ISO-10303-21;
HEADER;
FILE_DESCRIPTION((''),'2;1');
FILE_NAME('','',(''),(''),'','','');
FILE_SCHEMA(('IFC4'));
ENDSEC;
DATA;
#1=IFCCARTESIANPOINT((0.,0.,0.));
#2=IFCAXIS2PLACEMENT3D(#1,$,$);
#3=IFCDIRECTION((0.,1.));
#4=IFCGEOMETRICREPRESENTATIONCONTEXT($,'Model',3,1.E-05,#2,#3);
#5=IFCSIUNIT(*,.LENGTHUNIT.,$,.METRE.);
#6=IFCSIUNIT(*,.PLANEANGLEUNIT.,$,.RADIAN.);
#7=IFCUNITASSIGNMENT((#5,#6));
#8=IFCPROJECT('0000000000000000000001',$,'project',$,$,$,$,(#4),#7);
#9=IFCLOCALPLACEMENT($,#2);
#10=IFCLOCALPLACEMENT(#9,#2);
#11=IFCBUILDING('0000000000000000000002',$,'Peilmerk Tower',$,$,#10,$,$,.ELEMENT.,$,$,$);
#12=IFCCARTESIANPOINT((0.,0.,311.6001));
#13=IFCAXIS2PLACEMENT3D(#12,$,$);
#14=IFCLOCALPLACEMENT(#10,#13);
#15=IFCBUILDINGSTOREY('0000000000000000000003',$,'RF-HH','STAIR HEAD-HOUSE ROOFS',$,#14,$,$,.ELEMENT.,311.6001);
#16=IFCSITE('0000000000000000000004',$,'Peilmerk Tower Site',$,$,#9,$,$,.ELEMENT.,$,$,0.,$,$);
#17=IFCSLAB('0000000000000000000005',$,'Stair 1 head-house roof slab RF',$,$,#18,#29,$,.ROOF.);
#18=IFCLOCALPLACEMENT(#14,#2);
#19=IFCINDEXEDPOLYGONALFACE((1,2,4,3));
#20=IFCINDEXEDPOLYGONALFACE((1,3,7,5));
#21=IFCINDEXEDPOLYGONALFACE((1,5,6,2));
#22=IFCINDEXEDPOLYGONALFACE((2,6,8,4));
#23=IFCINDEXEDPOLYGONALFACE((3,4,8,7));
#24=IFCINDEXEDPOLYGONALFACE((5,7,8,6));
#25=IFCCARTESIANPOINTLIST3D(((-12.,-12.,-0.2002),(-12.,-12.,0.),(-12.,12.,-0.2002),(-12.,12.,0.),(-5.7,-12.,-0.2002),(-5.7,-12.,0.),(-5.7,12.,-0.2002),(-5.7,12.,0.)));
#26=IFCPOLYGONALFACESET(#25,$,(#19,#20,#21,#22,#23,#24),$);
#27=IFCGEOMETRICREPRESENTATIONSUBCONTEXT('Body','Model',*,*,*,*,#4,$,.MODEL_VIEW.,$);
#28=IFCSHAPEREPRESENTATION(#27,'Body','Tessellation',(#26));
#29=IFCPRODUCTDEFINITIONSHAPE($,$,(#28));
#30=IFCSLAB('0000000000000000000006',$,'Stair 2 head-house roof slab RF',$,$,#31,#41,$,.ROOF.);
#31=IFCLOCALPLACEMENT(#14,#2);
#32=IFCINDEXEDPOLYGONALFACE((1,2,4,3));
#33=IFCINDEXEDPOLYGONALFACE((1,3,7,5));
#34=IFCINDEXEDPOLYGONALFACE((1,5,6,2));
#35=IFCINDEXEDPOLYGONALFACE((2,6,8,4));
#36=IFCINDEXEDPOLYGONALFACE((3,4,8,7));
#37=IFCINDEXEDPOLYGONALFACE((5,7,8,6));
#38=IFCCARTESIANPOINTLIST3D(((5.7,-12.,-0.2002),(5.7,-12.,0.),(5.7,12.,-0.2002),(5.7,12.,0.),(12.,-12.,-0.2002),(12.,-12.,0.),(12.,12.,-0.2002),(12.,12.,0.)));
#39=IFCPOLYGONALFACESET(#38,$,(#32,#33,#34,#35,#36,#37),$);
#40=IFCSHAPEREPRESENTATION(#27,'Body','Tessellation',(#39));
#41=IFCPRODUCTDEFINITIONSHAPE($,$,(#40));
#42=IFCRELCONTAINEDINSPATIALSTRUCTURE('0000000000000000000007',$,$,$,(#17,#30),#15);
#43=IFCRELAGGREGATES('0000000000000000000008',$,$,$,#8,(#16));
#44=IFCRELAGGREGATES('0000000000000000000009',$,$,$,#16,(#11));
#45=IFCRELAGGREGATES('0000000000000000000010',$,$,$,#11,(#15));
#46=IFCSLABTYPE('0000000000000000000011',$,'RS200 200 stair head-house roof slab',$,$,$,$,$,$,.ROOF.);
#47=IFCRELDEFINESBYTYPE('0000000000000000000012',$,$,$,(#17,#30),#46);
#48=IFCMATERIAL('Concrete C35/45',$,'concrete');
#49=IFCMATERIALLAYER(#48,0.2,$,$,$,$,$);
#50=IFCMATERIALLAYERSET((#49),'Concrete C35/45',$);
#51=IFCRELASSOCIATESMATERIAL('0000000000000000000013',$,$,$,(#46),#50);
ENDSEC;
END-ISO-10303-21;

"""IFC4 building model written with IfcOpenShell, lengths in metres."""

from ifc_helpers import new_model, si_unit, direction, frame, origin, place, context, subcontext, project, spatial, polyline, outline, extrude, material, layer, layer_set, type_object, element, save


model = new_model("IFC4")

# Units and contexts
model_context = context("Model", 3, precision=1e-05, world=origin(), true_north=direction((0.0, 1.0)))
body_context = subcontext(model_context, "Body", "Model", "MODEL_VIEW")
ifc_project = project(units=[si_unit("LENGTHUNIT", "METRE"), si_unit("PLANEANGLEUNIT", "RADIAN")], contexts=[model_context])

# Site, building, storey
site_placement = place(None, origin())
site = spatial("IfcSite", under=ifc_project, at=site_placement, Name="Peilmerk Tower Site", CompositionType="ELEMENT", RefElevation=0.0)
building_placement = place(site_placement, origin())
building = spatial("IfcBuilding", under=site, at=building_placement, Name="Peilmerk Tower", CompositionType="ELEMENT")
storey_placement = place(building_placement, frame((0.0, 0.0, 311.6001)))
storey = spatial("IfcBuildingStorey", under=building, at=storey_placement, Name="RF-HH", Description="STAIR HEAD-HOUSE ROOFS", CompositionType="ELEMENT", Elevation=311.6001)

# Slabs
ifc_material = material(Name="Concrete C35/45", Category="concrete")
ifc_layer = layer(ifc_material, 0.2)
ifc_layer_set = layer_set([ifc_layer], Name="Concrete C35/45")
slab_type = type_object("IfcSlabType", Name="RS200 200 stair head-house roof slab", PredefinedType="ROOF", material=ifc_layer_set)
slab_1_placement = place(storey_placement, frame((0.0, 0.0, -0.2002)))
element("IfcSlab", 1, at=slab_1_placement, inside=storey, type_object=slab_type, Name="Stair 1 head-house roof slab RF", PredefinedType="ROOF", context=body_context, shape_type="SweptSolid", body=[
    extrude(outline(polyline([(-5.7, -12.0), (-5.7, 12.0), (-12.0, 12.0), (-12.0, -12.0), (-5.7, -12.0)])), origin(), (0.0, 0.0, 1.0), 0.2002),
])
slab_2_placement = place(storey_placement, frame((0.0, 0.0, -0.2002)))
element("IfcSlab", 2, at=slab_2_placement, inside=storey, type_object=slab_type, Name="Stair 2 head-house roof slab RF", PredefinedType="ROOF", context=body_context, shape_type="SweptSolid", body=[
    extrude(outline(polyline([(12.0, -12.0), (12.0, 12.0), (5.7, 12.0), (5.7, -12.0), (12.0, -12.0)])), origin(), (0.0, 0.0, 1.0), 0.2002),
])

save(model, "model.ifc")
